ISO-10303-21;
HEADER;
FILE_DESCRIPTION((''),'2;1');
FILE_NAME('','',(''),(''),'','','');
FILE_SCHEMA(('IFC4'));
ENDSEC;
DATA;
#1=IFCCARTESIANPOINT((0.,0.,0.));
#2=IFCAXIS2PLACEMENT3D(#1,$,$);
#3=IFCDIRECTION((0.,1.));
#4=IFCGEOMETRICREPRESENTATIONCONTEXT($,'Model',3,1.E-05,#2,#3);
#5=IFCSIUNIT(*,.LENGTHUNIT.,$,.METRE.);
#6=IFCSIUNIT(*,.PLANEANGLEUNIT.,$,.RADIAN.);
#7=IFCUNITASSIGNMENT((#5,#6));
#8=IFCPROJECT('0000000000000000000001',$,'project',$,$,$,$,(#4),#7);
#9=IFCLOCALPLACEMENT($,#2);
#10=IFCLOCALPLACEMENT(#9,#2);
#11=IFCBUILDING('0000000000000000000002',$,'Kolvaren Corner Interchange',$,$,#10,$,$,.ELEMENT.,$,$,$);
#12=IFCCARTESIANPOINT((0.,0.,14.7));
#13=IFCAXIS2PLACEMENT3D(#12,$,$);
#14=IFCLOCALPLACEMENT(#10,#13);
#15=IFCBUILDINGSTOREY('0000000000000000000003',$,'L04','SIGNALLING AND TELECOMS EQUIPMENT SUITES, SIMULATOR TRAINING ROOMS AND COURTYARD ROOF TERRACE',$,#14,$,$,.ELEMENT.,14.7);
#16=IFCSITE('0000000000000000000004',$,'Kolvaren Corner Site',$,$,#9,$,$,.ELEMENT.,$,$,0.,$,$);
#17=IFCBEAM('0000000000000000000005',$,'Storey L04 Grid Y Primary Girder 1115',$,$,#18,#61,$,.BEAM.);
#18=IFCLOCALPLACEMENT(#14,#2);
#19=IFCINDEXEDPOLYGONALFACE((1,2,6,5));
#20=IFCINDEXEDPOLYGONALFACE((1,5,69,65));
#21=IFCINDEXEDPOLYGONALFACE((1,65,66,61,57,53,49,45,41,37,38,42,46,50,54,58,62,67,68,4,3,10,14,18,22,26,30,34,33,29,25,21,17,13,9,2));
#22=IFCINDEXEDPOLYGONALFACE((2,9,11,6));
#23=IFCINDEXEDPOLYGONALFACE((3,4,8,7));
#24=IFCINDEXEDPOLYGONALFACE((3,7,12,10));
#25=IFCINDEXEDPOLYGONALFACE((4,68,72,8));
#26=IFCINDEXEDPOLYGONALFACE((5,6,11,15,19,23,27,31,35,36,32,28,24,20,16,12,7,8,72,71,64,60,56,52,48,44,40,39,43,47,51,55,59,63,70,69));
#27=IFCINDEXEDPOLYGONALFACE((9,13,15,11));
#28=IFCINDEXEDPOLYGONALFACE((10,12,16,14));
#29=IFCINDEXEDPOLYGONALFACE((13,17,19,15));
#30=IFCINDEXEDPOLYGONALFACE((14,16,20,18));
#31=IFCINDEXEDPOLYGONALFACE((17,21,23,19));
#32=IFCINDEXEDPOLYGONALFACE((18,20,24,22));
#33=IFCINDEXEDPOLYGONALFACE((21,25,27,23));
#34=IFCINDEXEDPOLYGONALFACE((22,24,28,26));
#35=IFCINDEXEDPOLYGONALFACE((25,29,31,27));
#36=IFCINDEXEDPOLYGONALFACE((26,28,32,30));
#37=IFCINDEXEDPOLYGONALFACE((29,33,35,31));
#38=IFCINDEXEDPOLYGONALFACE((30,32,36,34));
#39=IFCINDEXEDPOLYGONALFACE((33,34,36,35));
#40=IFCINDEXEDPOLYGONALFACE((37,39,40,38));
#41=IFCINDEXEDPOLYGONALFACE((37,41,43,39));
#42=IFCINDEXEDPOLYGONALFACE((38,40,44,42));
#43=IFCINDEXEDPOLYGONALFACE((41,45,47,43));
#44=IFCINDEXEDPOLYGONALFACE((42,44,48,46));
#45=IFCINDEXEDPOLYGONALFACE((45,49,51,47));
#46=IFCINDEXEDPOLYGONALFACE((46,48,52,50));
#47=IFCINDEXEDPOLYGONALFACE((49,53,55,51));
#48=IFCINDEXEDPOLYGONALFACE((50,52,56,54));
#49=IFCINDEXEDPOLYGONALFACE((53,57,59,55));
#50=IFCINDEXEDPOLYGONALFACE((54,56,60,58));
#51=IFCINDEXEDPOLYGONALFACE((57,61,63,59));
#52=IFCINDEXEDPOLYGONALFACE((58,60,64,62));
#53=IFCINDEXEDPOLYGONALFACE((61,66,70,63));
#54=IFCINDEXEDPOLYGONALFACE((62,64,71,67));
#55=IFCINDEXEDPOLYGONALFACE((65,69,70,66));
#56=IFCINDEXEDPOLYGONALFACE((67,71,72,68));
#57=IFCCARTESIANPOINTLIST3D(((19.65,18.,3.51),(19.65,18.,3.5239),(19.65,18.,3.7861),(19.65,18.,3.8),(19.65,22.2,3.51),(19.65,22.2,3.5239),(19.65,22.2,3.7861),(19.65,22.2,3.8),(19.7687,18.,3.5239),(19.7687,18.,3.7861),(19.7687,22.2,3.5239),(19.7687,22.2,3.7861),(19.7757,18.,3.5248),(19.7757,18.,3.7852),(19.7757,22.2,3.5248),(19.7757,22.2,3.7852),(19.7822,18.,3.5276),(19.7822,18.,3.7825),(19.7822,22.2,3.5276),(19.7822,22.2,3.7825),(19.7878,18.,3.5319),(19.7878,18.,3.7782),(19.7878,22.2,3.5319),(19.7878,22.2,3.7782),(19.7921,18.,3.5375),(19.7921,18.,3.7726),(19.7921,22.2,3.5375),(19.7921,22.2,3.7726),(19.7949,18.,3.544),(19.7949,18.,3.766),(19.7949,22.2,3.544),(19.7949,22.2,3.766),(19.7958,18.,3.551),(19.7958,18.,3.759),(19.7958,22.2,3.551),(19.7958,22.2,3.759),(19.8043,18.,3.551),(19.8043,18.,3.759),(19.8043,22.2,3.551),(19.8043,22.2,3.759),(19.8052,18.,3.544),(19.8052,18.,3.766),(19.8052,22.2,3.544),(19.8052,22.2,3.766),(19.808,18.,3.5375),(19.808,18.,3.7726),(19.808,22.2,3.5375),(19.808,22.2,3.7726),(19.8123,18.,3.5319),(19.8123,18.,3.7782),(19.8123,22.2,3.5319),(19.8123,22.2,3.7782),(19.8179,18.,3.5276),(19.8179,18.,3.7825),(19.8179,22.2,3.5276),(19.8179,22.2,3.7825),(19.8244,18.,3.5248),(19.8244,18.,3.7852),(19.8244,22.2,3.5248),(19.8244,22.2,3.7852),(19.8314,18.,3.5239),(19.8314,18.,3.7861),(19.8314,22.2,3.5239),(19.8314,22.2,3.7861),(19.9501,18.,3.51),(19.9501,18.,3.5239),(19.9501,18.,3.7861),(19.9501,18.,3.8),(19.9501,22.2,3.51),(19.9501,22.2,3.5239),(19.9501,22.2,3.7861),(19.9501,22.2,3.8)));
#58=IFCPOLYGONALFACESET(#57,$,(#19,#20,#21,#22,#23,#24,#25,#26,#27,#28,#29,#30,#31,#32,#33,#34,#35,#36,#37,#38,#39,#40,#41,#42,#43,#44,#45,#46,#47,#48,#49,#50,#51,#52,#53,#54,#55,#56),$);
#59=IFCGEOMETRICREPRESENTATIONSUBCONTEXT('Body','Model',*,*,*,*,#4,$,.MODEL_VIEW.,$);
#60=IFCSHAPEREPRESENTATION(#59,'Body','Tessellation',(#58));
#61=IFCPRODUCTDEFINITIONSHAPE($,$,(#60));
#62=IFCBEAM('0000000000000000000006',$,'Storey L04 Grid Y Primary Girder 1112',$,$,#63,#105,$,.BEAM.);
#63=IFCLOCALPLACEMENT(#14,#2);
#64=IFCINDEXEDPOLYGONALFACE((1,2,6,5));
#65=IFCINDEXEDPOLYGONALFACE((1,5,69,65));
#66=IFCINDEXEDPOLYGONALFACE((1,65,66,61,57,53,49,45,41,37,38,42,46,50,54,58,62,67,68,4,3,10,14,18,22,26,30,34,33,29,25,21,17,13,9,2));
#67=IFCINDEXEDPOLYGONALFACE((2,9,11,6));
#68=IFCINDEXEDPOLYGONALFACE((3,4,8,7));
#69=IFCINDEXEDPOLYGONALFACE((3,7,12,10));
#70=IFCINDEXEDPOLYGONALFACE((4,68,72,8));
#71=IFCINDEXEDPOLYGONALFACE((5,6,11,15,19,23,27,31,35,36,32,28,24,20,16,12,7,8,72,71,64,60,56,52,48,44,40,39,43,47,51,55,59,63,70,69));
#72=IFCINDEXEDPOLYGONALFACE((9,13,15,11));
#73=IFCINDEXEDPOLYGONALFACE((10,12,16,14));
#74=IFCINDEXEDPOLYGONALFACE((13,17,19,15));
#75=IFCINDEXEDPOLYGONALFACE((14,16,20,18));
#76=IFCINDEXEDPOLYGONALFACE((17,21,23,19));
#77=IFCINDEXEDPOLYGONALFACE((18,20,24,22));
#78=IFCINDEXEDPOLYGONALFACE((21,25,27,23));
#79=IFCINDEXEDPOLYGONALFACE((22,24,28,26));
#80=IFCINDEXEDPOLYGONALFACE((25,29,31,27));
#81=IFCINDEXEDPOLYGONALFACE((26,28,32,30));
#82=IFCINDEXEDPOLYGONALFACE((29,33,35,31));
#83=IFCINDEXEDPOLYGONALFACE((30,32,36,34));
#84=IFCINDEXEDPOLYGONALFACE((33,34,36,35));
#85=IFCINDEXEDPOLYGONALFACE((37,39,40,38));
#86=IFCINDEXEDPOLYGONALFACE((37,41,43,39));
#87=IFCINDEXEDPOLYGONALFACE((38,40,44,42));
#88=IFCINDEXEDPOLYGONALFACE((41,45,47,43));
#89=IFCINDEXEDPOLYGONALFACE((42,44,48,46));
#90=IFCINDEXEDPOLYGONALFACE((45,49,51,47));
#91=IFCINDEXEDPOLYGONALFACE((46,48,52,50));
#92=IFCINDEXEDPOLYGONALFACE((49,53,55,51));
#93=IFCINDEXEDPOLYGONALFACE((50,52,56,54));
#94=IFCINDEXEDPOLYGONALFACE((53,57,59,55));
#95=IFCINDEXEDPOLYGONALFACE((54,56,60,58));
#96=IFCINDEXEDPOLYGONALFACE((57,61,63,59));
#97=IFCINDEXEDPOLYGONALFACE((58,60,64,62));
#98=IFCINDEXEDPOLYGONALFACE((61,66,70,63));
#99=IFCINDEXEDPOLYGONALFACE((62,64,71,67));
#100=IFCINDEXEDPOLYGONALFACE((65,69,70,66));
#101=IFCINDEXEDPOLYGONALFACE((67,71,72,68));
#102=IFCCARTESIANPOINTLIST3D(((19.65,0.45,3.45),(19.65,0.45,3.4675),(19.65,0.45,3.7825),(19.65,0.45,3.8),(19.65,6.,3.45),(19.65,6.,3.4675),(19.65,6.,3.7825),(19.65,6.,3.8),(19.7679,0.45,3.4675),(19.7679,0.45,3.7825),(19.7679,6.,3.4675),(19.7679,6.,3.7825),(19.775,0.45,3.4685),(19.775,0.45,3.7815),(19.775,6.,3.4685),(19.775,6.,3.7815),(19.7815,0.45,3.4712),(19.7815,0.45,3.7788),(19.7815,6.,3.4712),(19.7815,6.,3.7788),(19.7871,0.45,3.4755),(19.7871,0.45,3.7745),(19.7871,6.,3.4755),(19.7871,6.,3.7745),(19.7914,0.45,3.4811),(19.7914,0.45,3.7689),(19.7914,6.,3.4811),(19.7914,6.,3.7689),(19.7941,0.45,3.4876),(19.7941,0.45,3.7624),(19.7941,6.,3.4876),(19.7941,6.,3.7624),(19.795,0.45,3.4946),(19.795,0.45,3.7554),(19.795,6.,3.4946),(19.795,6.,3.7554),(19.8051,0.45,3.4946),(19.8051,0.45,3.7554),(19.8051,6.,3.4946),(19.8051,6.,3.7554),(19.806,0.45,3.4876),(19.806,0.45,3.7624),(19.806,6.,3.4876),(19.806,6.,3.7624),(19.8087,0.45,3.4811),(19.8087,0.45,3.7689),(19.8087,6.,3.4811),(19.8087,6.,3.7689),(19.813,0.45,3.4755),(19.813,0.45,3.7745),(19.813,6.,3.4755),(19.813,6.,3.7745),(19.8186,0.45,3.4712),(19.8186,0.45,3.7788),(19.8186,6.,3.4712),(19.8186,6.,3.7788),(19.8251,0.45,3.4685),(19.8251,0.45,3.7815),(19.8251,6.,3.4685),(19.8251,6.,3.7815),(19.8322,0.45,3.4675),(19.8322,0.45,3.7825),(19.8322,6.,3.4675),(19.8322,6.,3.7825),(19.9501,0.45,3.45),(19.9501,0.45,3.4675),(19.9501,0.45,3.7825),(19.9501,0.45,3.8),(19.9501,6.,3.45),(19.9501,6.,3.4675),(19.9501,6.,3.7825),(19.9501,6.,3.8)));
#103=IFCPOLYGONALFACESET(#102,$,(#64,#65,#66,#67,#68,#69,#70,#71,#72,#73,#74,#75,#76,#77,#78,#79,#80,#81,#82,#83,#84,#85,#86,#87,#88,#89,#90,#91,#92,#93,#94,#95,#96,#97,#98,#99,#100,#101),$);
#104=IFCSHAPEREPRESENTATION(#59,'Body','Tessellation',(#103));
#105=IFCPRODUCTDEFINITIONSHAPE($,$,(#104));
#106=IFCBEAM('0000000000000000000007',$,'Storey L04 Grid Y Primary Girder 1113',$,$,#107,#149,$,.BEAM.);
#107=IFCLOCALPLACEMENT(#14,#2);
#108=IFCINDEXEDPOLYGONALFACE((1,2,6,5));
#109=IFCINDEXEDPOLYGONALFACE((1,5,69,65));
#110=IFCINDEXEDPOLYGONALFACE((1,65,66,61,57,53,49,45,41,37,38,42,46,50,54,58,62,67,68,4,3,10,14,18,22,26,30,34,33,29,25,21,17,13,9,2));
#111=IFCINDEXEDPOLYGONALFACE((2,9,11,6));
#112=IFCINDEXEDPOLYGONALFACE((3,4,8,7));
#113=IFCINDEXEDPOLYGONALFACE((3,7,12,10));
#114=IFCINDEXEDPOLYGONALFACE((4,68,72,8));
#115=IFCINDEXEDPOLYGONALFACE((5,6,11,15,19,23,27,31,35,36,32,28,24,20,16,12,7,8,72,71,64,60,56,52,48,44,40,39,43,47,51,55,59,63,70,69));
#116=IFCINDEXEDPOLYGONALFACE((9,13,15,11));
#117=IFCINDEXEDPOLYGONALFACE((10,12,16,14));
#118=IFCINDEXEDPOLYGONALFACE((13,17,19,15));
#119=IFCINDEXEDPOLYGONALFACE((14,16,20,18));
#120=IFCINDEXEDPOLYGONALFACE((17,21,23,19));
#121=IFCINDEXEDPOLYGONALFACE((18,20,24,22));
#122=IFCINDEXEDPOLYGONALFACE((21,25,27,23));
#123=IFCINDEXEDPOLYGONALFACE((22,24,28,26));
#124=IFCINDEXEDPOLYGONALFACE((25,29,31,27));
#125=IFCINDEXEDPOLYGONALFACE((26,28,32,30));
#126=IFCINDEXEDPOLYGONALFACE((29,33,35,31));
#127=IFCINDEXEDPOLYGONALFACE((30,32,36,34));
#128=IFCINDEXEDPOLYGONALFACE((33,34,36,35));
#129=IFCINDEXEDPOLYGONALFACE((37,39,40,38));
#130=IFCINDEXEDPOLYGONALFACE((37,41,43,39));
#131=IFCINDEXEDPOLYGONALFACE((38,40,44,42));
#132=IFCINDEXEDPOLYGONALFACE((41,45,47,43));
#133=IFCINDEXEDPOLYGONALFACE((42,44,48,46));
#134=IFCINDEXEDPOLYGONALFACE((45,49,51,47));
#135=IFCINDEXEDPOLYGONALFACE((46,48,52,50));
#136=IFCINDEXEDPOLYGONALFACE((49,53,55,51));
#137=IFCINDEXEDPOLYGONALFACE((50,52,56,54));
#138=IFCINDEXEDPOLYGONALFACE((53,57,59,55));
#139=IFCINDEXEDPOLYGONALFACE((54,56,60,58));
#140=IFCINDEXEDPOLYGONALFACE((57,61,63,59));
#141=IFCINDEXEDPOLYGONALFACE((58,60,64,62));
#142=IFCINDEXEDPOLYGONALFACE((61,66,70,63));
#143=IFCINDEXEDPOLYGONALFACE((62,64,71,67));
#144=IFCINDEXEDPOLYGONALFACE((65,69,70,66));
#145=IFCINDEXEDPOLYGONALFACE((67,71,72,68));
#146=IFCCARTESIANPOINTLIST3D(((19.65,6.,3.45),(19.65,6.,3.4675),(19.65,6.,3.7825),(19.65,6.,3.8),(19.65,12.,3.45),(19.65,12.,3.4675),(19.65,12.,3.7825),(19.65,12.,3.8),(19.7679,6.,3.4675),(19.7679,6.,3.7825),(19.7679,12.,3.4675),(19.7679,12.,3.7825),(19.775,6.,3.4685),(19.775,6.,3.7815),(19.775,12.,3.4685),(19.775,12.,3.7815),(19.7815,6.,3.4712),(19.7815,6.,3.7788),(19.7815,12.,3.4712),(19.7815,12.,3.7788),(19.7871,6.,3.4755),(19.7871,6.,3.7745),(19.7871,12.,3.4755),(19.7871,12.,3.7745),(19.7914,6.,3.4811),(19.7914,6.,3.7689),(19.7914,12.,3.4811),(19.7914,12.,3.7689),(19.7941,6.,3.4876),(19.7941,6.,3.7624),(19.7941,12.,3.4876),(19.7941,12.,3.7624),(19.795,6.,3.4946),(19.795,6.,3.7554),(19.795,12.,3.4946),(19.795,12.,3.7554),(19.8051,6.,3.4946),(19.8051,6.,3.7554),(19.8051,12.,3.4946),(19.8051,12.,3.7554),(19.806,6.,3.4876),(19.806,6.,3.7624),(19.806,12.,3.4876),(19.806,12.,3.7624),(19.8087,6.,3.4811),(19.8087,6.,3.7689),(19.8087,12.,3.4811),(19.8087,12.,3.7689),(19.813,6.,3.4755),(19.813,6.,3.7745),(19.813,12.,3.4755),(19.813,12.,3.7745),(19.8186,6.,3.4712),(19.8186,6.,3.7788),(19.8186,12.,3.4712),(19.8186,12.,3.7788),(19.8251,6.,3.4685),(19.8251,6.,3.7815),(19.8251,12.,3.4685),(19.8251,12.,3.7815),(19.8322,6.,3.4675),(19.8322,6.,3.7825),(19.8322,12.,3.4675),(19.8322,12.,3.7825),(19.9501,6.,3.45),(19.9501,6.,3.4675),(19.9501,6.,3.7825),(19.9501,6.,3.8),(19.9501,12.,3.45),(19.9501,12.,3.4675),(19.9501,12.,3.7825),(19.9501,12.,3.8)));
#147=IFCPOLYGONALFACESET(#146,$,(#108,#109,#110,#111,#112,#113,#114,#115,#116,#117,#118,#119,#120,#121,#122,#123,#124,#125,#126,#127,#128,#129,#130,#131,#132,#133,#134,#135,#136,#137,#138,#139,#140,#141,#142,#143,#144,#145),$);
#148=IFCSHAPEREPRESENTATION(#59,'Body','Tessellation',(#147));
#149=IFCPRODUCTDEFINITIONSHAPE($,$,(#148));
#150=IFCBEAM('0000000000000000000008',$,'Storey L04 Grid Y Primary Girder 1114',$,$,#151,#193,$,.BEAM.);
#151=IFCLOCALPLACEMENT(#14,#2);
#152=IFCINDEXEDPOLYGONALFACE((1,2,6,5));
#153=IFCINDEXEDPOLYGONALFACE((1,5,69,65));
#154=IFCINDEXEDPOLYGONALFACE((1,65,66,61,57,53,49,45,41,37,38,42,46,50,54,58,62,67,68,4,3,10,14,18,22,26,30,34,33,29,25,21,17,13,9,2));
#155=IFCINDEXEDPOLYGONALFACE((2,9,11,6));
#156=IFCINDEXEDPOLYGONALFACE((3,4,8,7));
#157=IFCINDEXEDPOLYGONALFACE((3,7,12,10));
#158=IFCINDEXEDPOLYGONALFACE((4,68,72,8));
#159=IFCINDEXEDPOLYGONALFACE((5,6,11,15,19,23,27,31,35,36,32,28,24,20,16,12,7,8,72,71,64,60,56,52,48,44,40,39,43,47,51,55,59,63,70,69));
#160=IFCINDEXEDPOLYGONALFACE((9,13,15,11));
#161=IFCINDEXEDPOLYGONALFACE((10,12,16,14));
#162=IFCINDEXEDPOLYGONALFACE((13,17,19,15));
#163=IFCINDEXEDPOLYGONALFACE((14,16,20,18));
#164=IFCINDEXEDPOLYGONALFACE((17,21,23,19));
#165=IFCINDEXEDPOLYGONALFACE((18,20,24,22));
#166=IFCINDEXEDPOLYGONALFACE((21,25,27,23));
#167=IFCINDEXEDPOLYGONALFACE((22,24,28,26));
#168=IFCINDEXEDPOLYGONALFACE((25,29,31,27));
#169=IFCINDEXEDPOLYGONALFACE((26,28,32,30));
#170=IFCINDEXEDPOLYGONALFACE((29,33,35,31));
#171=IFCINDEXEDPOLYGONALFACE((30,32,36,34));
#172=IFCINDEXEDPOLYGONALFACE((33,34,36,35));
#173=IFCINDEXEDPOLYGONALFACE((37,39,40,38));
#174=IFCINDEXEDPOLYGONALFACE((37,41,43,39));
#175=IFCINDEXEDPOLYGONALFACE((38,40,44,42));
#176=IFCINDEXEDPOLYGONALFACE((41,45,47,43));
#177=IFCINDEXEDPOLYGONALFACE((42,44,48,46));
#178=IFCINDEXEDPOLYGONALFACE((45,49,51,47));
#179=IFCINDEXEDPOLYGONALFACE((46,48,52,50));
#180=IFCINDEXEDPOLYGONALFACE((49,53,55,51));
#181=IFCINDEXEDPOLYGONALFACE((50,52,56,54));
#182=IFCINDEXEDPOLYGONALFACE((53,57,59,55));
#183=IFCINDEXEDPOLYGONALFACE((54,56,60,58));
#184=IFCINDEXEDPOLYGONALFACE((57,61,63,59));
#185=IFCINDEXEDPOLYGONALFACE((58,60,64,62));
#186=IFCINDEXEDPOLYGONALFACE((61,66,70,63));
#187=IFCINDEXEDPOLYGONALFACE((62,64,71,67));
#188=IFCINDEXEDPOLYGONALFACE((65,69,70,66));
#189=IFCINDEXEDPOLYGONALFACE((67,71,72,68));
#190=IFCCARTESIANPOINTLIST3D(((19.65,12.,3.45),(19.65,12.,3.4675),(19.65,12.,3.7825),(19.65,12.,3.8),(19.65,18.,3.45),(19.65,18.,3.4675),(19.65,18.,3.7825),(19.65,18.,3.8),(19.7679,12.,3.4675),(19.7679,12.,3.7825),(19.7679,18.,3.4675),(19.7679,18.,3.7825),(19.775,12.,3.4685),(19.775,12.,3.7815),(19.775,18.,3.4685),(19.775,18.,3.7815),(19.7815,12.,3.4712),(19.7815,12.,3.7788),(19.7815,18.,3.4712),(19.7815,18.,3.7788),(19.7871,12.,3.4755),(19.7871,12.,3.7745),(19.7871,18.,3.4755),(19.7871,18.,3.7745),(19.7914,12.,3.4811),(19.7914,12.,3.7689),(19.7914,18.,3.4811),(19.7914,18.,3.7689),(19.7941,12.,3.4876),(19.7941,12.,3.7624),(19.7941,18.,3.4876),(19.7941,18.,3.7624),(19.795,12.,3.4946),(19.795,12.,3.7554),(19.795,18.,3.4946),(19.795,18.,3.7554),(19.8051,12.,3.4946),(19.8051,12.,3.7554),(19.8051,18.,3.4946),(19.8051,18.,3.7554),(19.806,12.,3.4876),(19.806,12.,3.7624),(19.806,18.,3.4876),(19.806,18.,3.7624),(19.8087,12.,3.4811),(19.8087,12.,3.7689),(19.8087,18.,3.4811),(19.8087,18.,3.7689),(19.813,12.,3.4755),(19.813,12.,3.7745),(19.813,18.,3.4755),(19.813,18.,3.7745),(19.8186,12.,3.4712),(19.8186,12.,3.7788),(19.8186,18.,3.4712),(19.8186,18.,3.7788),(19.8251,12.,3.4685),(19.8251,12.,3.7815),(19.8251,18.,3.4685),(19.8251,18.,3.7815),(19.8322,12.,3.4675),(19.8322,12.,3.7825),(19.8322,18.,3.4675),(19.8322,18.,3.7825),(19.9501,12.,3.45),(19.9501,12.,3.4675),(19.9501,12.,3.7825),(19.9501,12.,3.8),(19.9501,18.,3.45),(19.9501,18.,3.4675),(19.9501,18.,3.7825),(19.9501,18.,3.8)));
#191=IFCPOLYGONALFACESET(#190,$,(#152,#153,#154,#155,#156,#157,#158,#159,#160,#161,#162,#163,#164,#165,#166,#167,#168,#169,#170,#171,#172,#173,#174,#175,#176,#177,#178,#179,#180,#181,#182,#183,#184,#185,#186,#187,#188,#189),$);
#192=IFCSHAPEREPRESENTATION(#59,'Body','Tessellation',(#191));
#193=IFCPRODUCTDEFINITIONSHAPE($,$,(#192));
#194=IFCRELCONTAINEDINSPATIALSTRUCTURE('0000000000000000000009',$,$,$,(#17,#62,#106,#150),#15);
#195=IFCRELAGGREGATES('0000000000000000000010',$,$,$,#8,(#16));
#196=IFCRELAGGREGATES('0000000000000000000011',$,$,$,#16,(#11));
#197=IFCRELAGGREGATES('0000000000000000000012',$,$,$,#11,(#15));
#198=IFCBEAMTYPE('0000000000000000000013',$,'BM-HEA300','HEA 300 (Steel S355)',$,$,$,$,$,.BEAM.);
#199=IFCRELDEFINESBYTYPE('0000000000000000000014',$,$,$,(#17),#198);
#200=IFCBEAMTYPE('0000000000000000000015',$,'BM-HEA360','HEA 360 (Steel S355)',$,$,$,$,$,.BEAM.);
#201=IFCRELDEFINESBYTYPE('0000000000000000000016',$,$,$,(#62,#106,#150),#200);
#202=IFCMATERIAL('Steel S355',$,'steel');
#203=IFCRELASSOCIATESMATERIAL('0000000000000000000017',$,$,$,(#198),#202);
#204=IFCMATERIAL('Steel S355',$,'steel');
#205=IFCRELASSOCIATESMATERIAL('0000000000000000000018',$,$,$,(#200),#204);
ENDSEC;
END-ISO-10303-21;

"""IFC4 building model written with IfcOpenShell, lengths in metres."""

from ifc_helpers import new_model, si_unit, direction, frame, origin, origin_2d, place, context, subcontext, project, spatial, i_section, extrude, material, material_profile, profile_set, type_object, element, save


model = new_model("IFC4")

# Units and contexts
model_context = context("Model", 3, precision=1e-05, world=origin(), true_north=direction((0.0, 1.0)))
body_context = subcontext(model_context, "Body", "Model", "MODEL_VIEW")
ifc_project = project(units=[si_unit("LENGTHUNIT", "METRE"), si_unit("PLANEANGLEUNIT", "RADIAN")], contexts=[model_context])

# Site, building, storey
site_placement = place(None, origin())
site = spatial("IfcSite", under=ifc_project, at=site_placement, Name="Kolvaren Corner Site", CompositionType="ELEMENT", RefElevation=0.0)
building_placement = place(site_placement, origin())
building = spatial("IfcBuilding", under=site, at=building_placement, Name="Kolvaren Corner Interchange", CompositionType="ELEMENT")
storey_placement = place(building_placement, frame((0.0, 0.0, 14.7)))
storey = spatial("IfcBuildingStorey", under=building, at=storey_placement, Name="L04", Description="SIGNALLING AND TELECOMS EQUIPMENT SUITES, SIMULATOR TRAINING ROOMS AND COURTYARD ROOF TERRACE", CompositionType="ELEMENT", Elevation=14.7)

# Beams
ifc_material_1 = material(Name="Steel S355", Category="steel")
ifc_material_profile_1 = material_profile(ifc_material_1, i_section(OverallWidth=0.3, OverallDepth=0.29, WebThickness=0.0085, FlangeThickness=0.0139, FilletRadius=0.0271, at=origin_2d()), Name="HEA 300")
ifc_profile_set_1 = profile_set([ifc_material_profile_1], Name="Steel S355")
beam_type_1 = type_object("IfcBeamType", Name="BM-HEA300", Description="HEA 300 (Steel S355)", PredefinedType="BEAM", material=ifc_profile_set_1)
beam_1_placement = place(storey_placement, frame((19.8, 18.0, 3.655), z_axis=(0.0, 1.0, 0.0), x_axis=(-1.0, 0.0, 0.0)))
element("IfcBeam", 1, at=beam_1_placement, inside=storey, type_object=beam_type_1, Name="Storey L04 Grid Y Primary Girder 1115", PredefinedType="BEAM", context=body_context, shape_type="SweptSolid", body=[
    extrude(i_section(OverallWidth=0.3, OverallDepth=0.29, WebThickness=0.0085, FlangeThickness=0.0139, FilletRadius=0.0271, at=origin_2d()), origin(), (0.0, 0.0, 1.0), 4.2),
])
ifc_material_2 = material(Name="Steel S355", Category="steel")
ifc_material_profile_2 = material_profile(ifc_material_2, i_section(OverallWidth=0.3, OverallDepth=0.3501, WebThickness=0.01, FlangeThickness=0.0176, FilletRadius=0.0271, at=origin_2d()), Name="HEA 360")
ifc_profile_set_2 = profile_set([ifc_material_profile_2], Name="Steel S355")
beam_type_2 = type_object("IfcBeamType", Name="BM-HEA360", Description="HEA 360 (Steel S355)", PredefinedType="BEAM", material=ifc_profile_set_2)
beam_2_placement = place(storey_placement, frame((19.8, 0.45, 3.625), z_axis=(0.0, 1.0, 0.0), x_axis=(-1.0, 0.0, 0.0)))
element("IfcBeam", 2, at=beam_2_placement, inside=storey, type_object=beam_type_2, Name="Storey L04 Grid Y Primary Girder 1112", PredefinedType="BEAM", context=body_context, shape_type="SweptSolid", body=[
    extrude(i_section(OverallWidth=0.3, OverallDepth=0.3501, WebThickness=0.01, FlangeThickness=0.0176, FilletRadius=0.0271, at=origin_2d()), origin(), (0.0, 0.0, 1.0), 5.55),
])
for number, where, z_axis, x_axis, name in (
    (3, (19.8, 6.0, 3.625), (0.0, 1.0, 0.0), (-1.0, 0.0, 0.0), "Storey L04 Grid Y Primary Girder 1113"),
    (4, (19.8, 12.0, 3.625), (0.0, 1.0, 0.0), (-1.0, 0.0, 0.0), "Storey L04 Grid Y Primary Girder 1114"),
):
    element("IfcBeam", number, at=place(storey_placement, frame(where, z_axis=z_axis, x_axis=x_axis)), inside=storey, type_object=beam_type_2, Name=name, PredefinedType="BEAM", context=body_context, shape_type="SweptSolid", body=[
        extrude(i_section(OverallWidth=0.3, OverallDepth=0.3501, WebThickness=0.01, FlangeThickness=0.0176, FilletRadius=0.0271, at=origin_2d()), origin(), (0.0, 0.0, 1.0), 6.0),
    ])

save(model, "model.ifc")
